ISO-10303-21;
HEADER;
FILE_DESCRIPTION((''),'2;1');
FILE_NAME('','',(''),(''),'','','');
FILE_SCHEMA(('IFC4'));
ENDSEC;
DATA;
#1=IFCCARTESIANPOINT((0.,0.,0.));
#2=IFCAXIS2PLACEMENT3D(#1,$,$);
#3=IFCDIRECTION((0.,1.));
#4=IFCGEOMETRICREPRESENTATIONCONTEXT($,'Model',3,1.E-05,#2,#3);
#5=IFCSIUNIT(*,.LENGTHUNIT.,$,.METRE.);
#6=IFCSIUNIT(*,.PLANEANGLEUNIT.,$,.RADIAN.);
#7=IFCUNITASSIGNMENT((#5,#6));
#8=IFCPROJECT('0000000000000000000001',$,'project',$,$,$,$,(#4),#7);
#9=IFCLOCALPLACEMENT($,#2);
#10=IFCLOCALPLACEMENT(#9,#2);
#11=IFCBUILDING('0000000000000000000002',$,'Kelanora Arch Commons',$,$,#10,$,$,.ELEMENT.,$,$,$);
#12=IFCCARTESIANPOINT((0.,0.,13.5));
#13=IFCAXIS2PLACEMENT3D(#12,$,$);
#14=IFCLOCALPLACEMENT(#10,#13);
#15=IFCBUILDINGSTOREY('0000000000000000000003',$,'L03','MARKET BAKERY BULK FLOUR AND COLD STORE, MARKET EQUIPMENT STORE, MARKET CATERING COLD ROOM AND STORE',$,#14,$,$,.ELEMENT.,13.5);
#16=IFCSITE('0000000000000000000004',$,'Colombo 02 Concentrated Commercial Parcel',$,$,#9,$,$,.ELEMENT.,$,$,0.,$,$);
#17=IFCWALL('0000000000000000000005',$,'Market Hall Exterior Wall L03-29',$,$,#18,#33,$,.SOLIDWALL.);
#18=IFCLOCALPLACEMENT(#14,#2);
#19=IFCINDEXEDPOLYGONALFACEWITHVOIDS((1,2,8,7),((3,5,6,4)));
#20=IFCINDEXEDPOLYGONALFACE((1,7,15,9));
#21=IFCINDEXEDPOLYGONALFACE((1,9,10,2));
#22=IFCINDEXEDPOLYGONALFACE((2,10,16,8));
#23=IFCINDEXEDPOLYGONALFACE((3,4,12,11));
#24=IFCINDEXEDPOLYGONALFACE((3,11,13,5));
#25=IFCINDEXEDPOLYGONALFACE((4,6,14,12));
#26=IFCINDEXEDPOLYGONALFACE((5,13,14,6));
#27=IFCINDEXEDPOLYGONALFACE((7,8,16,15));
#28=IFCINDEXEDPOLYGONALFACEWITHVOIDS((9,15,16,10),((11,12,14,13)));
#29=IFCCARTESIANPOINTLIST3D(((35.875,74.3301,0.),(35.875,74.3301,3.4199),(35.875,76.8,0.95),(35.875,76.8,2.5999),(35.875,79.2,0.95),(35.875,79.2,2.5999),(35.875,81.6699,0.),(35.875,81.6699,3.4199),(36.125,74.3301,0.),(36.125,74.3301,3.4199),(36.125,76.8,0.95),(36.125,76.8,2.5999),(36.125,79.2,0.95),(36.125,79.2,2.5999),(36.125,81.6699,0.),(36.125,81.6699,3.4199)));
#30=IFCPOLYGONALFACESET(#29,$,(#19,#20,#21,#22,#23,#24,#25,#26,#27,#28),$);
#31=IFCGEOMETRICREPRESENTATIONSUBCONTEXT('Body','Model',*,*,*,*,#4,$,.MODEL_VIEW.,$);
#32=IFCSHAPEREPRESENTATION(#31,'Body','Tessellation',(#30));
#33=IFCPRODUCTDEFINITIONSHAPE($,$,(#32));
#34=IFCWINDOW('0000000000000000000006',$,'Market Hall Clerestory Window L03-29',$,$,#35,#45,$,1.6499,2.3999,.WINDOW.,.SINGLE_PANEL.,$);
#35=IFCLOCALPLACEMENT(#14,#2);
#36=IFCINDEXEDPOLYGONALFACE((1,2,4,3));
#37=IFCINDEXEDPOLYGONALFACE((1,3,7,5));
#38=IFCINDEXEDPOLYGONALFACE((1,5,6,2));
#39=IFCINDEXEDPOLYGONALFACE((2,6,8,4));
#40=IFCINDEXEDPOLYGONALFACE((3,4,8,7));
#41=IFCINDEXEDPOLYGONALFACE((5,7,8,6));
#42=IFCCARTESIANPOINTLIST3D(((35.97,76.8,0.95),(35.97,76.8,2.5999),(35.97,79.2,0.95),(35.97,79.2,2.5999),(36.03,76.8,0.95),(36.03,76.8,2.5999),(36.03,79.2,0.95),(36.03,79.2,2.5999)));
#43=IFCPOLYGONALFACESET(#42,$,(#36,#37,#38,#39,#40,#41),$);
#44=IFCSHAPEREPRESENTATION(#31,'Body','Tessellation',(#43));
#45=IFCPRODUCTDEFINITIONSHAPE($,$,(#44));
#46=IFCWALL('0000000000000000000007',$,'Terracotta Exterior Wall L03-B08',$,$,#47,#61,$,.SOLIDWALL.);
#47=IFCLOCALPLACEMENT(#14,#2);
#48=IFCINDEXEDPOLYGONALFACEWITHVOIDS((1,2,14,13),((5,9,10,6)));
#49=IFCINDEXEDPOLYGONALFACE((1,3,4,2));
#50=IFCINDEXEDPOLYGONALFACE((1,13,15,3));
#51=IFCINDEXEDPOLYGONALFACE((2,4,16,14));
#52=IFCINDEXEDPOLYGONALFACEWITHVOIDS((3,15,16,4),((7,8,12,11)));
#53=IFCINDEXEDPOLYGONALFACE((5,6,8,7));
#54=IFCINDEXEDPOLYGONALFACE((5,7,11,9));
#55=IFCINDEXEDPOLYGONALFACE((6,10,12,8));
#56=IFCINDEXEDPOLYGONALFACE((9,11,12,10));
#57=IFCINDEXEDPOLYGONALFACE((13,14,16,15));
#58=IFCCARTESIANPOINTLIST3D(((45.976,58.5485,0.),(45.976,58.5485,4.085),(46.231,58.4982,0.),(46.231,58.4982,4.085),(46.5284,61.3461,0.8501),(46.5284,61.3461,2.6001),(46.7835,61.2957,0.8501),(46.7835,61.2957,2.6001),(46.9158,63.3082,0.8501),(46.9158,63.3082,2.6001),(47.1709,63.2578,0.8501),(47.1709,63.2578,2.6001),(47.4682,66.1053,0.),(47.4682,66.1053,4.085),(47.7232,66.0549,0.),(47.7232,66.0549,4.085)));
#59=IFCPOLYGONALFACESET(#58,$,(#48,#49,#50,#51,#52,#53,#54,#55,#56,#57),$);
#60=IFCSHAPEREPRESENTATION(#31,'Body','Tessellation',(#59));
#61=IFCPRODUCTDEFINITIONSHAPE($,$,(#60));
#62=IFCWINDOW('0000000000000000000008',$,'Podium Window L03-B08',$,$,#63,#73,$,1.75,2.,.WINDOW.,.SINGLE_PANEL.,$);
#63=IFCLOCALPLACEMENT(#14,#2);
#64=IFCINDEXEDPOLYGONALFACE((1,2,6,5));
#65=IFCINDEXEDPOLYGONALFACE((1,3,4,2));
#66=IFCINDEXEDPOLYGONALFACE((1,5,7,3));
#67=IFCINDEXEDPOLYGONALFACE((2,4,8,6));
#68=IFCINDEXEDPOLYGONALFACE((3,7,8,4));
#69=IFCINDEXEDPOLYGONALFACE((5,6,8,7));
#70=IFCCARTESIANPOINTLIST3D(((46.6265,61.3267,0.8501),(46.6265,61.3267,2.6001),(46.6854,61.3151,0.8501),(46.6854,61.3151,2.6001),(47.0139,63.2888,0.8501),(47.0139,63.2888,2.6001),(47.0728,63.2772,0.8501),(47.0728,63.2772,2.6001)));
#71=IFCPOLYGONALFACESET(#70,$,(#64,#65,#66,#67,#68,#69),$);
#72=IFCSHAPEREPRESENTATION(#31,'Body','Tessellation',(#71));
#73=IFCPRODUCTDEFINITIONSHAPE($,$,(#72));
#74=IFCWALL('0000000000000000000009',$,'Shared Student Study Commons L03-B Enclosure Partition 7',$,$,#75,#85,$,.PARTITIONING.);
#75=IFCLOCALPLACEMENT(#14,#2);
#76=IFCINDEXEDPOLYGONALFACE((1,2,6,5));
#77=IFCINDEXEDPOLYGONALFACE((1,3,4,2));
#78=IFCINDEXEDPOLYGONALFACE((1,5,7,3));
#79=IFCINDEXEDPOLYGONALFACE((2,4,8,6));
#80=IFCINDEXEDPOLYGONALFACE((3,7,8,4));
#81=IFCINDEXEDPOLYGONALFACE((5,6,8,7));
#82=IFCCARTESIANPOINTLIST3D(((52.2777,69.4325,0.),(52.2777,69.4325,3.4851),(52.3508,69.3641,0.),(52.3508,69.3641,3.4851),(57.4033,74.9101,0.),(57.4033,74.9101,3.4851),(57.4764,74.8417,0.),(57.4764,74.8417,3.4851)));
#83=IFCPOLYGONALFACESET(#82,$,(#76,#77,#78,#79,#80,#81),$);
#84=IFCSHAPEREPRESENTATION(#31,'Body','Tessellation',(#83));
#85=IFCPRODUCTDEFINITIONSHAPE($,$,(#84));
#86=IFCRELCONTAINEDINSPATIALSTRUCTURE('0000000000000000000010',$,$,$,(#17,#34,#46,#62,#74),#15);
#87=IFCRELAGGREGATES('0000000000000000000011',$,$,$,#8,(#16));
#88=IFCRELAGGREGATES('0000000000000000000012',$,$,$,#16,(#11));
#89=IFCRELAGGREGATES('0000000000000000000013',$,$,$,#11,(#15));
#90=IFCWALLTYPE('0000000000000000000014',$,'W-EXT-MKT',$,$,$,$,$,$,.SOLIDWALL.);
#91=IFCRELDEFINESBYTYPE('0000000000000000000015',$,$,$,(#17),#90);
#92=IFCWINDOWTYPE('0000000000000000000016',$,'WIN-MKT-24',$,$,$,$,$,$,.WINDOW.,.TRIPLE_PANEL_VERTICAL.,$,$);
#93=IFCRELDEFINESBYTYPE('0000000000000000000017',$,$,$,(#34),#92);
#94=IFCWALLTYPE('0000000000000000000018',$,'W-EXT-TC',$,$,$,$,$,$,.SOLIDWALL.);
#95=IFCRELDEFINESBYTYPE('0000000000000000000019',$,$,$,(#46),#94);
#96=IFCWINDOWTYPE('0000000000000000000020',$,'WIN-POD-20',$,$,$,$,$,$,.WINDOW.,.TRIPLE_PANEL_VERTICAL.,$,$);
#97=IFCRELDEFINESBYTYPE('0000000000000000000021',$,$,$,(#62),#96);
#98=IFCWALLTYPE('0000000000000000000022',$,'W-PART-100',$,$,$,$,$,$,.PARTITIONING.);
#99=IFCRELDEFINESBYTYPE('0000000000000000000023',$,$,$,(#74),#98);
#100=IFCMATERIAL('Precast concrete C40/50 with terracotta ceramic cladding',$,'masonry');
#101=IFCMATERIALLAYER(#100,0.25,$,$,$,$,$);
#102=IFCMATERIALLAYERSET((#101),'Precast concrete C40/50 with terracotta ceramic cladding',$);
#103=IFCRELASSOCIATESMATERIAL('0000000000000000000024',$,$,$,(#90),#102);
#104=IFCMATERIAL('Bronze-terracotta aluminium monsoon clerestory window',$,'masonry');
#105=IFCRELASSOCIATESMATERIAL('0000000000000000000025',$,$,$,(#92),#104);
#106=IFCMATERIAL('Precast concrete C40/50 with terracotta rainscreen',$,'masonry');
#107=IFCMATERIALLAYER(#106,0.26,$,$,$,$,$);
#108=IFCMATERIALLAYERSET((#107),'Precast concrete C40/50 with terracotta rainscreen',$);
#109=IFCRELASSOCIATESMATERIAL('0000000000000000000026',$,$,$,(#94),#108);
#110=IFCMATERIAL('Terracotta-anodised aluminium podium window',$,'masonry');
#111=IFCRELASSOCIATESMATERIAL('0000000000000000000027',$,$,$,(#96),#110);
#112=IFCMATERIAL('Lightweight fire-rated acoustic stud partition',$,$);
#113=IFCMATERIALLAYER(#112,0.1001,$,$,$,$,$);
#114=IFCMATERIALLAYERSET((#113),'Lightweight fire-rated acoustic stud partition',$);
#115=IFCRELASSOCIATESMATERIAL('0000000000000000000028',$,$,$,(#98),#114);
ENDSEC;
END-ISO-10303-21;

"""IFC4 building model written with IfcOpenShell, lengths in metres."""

from ifc_helpers import new_model, si_unit, direction, frame, frame_2d, origin, place, context, subcontext, project, spatial, rectangle, extrude, material, layer, layer_set, type_object, element, fill, save


model = new_model("IFC4")

# Units and contexts
model_context = context("Model", 3, precision=1e-05, world=origin(), true_north=direction((0.0, 1.0)))
body_context = subcontext(model_context, "Body", "Model", "MODEL_VIEW")
ifc_project = project(units=[si_unit("LENGTHUNIT", "METRE"), si_unit("PLANEANGLEUNIT", "RADIAN")], contexts=[model_context])

# Site, building, storey
site_placement = place(None, origin())
site = spatial("IfcSite", under=ifc_project, at=site_placement, Name="Colombo 02 Concentrated Commercial Parcel", CompositionType="ELEMENT", RefElevation=0.0)
building_placement = place(site_placement, origin())
building = spatial("IfcBuilding", under=site, at=building_placement, Name="Kelanora Arch Commons", CompositionType="ELEMENT")
storey_placement = place(building_placement, frame((0.0, 0.0, 13.5)))
storey = spatial("IfcBuildingStorey", under=building, at=storey_placement, Name="L03", Description="MARKET BAKERY BULK FLOUR AND COLD STORE, MARKET EQUIPMENT STORE, MARKET CATERING COLD ROOM AND STORE", CompositionType="ELEMENT", Elevation=13.5)

# Walls, openings, windows
ifc_material_1 = material(Name="Precast concrete C40/50 with terracotta ceramic cladding", Category="masonry")
ifc_layer_1 = layer(ifc_material_1, 0.25)
ifc_layer_set_1 = layer_set([ifc_layer_1], Name="Precast concrete C40/50 with terracotta ceramic cladding")
wall_type_1 = type_object("IfcWallType", Name="W-EXT-MKT", PredefinedType="SOLIDWALL", material=ifc_layer_set_1)
ifc_material_2 = material(Name="Bronze-terracotta aluminium monsoon clerestory window", Category="masonry")
window_type_1 = type_object("IfcWindowType", Name="WIN-MKT-24", PartitioningType="TRIPLE_PANEL_VERTICAL", PredefinedType="WINDOW", material=ifc_material_2)
wall_1_placement = place(storey_placement, frame((36.0, 74.3301, 0.0), z_axis=(0.0, 0.0, 1.0), x_axis=(0.0, 1.0, 0.0)))
wall_1 = element("IfcWall", 1, at=wall_1_placement, inside=storey, type_object=wall_type_1, Name="Market Hall Exterior Wall L03-29", PredefinedType="SOLIDWALL", context=body_context, shape_type="SweptSolid", body=[
    extrude(rectangle(XDim=7.3398, YDim=0.25, at=frame_2d((3.6699, 0.0))), origin(), (0.0, 0.0, 1.0), 3.4199),
])
opening_1_placement = place(wall_1_placement, frame((2.47, 0.0, 0.95)))
opening_1 = element("IfcOpeningElement", 2, at=opening_1_placement, cuts=wall_1, PredefinedType="OPENING", context=body_context, shape_type="SweptSolid", body=[
    extrude(rectangle(XDim=2.3999, YDim=1.6499, at=frame_2d((1.2, 0.825))), frame((0.0, 0.135, 0.0), z_axis=(0.0, -1.0, 0.0), x_axis=(1.0, 0.0, 0.0)), (0.0, 0.0, 1.0), 0.27),
])
window_1_placement = place(opening_1_placement, origin())
window_1 = element("IfcWindow", 3, at=window_1_placement, inside=storey, type_object=window_type_1, Name="Market Hall Clerestory Window L03-29", OverallHeight=1.6499, OverallWidth=2.3999, PartitioningType="SINGLE_PANEL", PredefinedType="WINDOW", context=body_context, shape_type="SweptSolid", body=[
    extrude(rectangle(XDim=2.3999, YDim=1.6499, at=frame_2d((1.2, 0.825))), frame((0.0, 0.03, 0.0), z_axis=(0.0, -1.0, 0.0), x_axis=(1.0, 0.0, 0.0)), (0.0, 0.0, 1.0), 0.0601),
])
fill(opening_1, window_1)
ifc_material_3 = material(Name="Precast concrete C40/50 with terracotta rainscreen", Category="masonry")
ifc_layer_2 = layer(ifc_material_3, 0.26)
ifc_layer_set_2 = layer_set([ifc_layer_2], Name="Precast concrete C40/50 with terracotta rainscreen")
wall_type_2 = type_object("IfcWallType", Name="W-EXT-TC", PredefinedType="SOLIDWALL", material=ifc_layer_set_2)
wall_2_placement = place(storey_placement, frame((47.5957, 66.0801, 0.0), z_axis=(0.0, 0.0, 1.0), x_axis=(-0.193726, -0.981056, 0.0)))
wall_2 = element("IfcWall", 4, at=wall_2_placement, inside=storey, type_object=wall_type_2, Name="Terracotta Exterior Wall L03-B08", PredefinedType="SOLIDWALL", context=body_context, shape_type="SweptSolid", body=[
    extrude(rectangle(XDim=7.7026, YDim=0.26, at=frame_2d((3.8513, 0.0))), origin(), (0.0, 0.0, 1.0), 4.085),
])
opening_2_placement = place(wall_2_placement, frame((2.8511, 0.0, 0.8501)))
opening_2 = element("IfcOpeningElement", 5, at=opening_2_placement, cuts=wall_2, PredefinedType="OPENING", context=body_context, shape_type="SweptSolid", body=[
    extrude(rectangle(XDim=2.0, YDim=1.75, at=frame_2d((1.0, 0.875))), frame((0.0, 0.1401, 0.0), z_axis=(0.0, -1.0, 0.0), x_axis=(1.0, 0.0, 0.0)), (0.0, 0.0, 1.0), 0.28),
])
ifc_material_4 = material(Name="Terracotta-anodised aluminium podium window", Category="masonry")
window_type_2 = type_object("IfcWindowType", Name="WIN-POD-20", PartitioningType="TRIPLE_PANEL_VERTICAL", PredefinedType="WINDOW", material=ifc_material_4)
window_2_placement = place(opening_2_placement, origin())
window_2 = element("IfcWindow", 6, at=window_2_placement, inside=storey, type_object=window_type_2, Name="Podium Window L03-B08", OverallHeight=1.75, OverallWidth=2.0, PartitioningType="SINGLE_PANEL", PredefinedType="WINDOW", context=body_context, shape_type="SweptSolid", body=[
    extrude(rectangle(XDim=2.0, YDim=1.75, at=frame_2d((1.0, 0.875))), frame((0.0, 0.03, 0.0), z_axis=(0.0, -1.0, 0.0), x_axis=(1.0, 0.0, 0.0)), (0.0, 0.0, 1.0), 0.0601),
])
fill(opening_2, window_2)

# Wall
ifc_material_5 = material(Name="Lightweight fire-rated acoustic stud partition")
ifc_layer_3 = layer(ifc_material_5, 0.1001)
ifc_layer_set_3 = layer_set([ifc_layer_3], Name="Lightweight fire-rated acoustic stud partition")
wall_type_3 = type_object("IfcWallType", Name="W-PART-100", PredefinedType="PARTITIONING", material=ifc_layer_set_3)
wall_3_placement = place(storey_placement, frame((52.3142, 69.3982, 0.0), z_axis=(0.0, 0.0, 1.0), x_axis=(0.683252, 0.730182, 0.0)))
element("IfcWall", 7, at=wall_3_placement, inside=storey, type_object=wall_type_3, Name="Shared Student Study Commons L03-B Enclosure Partition 7", PredefinedType="PARTITIONING", context=body_context, shape_type="SweptSolid", body=[
    extrude(rectangle(XDim=7.5017, YDim=0.1001, at=frame_2d((3.751, 0.0))), origin(), (0.0, 0.0, 1.0), 3.4851),
])

save(model, "model.ifc")
